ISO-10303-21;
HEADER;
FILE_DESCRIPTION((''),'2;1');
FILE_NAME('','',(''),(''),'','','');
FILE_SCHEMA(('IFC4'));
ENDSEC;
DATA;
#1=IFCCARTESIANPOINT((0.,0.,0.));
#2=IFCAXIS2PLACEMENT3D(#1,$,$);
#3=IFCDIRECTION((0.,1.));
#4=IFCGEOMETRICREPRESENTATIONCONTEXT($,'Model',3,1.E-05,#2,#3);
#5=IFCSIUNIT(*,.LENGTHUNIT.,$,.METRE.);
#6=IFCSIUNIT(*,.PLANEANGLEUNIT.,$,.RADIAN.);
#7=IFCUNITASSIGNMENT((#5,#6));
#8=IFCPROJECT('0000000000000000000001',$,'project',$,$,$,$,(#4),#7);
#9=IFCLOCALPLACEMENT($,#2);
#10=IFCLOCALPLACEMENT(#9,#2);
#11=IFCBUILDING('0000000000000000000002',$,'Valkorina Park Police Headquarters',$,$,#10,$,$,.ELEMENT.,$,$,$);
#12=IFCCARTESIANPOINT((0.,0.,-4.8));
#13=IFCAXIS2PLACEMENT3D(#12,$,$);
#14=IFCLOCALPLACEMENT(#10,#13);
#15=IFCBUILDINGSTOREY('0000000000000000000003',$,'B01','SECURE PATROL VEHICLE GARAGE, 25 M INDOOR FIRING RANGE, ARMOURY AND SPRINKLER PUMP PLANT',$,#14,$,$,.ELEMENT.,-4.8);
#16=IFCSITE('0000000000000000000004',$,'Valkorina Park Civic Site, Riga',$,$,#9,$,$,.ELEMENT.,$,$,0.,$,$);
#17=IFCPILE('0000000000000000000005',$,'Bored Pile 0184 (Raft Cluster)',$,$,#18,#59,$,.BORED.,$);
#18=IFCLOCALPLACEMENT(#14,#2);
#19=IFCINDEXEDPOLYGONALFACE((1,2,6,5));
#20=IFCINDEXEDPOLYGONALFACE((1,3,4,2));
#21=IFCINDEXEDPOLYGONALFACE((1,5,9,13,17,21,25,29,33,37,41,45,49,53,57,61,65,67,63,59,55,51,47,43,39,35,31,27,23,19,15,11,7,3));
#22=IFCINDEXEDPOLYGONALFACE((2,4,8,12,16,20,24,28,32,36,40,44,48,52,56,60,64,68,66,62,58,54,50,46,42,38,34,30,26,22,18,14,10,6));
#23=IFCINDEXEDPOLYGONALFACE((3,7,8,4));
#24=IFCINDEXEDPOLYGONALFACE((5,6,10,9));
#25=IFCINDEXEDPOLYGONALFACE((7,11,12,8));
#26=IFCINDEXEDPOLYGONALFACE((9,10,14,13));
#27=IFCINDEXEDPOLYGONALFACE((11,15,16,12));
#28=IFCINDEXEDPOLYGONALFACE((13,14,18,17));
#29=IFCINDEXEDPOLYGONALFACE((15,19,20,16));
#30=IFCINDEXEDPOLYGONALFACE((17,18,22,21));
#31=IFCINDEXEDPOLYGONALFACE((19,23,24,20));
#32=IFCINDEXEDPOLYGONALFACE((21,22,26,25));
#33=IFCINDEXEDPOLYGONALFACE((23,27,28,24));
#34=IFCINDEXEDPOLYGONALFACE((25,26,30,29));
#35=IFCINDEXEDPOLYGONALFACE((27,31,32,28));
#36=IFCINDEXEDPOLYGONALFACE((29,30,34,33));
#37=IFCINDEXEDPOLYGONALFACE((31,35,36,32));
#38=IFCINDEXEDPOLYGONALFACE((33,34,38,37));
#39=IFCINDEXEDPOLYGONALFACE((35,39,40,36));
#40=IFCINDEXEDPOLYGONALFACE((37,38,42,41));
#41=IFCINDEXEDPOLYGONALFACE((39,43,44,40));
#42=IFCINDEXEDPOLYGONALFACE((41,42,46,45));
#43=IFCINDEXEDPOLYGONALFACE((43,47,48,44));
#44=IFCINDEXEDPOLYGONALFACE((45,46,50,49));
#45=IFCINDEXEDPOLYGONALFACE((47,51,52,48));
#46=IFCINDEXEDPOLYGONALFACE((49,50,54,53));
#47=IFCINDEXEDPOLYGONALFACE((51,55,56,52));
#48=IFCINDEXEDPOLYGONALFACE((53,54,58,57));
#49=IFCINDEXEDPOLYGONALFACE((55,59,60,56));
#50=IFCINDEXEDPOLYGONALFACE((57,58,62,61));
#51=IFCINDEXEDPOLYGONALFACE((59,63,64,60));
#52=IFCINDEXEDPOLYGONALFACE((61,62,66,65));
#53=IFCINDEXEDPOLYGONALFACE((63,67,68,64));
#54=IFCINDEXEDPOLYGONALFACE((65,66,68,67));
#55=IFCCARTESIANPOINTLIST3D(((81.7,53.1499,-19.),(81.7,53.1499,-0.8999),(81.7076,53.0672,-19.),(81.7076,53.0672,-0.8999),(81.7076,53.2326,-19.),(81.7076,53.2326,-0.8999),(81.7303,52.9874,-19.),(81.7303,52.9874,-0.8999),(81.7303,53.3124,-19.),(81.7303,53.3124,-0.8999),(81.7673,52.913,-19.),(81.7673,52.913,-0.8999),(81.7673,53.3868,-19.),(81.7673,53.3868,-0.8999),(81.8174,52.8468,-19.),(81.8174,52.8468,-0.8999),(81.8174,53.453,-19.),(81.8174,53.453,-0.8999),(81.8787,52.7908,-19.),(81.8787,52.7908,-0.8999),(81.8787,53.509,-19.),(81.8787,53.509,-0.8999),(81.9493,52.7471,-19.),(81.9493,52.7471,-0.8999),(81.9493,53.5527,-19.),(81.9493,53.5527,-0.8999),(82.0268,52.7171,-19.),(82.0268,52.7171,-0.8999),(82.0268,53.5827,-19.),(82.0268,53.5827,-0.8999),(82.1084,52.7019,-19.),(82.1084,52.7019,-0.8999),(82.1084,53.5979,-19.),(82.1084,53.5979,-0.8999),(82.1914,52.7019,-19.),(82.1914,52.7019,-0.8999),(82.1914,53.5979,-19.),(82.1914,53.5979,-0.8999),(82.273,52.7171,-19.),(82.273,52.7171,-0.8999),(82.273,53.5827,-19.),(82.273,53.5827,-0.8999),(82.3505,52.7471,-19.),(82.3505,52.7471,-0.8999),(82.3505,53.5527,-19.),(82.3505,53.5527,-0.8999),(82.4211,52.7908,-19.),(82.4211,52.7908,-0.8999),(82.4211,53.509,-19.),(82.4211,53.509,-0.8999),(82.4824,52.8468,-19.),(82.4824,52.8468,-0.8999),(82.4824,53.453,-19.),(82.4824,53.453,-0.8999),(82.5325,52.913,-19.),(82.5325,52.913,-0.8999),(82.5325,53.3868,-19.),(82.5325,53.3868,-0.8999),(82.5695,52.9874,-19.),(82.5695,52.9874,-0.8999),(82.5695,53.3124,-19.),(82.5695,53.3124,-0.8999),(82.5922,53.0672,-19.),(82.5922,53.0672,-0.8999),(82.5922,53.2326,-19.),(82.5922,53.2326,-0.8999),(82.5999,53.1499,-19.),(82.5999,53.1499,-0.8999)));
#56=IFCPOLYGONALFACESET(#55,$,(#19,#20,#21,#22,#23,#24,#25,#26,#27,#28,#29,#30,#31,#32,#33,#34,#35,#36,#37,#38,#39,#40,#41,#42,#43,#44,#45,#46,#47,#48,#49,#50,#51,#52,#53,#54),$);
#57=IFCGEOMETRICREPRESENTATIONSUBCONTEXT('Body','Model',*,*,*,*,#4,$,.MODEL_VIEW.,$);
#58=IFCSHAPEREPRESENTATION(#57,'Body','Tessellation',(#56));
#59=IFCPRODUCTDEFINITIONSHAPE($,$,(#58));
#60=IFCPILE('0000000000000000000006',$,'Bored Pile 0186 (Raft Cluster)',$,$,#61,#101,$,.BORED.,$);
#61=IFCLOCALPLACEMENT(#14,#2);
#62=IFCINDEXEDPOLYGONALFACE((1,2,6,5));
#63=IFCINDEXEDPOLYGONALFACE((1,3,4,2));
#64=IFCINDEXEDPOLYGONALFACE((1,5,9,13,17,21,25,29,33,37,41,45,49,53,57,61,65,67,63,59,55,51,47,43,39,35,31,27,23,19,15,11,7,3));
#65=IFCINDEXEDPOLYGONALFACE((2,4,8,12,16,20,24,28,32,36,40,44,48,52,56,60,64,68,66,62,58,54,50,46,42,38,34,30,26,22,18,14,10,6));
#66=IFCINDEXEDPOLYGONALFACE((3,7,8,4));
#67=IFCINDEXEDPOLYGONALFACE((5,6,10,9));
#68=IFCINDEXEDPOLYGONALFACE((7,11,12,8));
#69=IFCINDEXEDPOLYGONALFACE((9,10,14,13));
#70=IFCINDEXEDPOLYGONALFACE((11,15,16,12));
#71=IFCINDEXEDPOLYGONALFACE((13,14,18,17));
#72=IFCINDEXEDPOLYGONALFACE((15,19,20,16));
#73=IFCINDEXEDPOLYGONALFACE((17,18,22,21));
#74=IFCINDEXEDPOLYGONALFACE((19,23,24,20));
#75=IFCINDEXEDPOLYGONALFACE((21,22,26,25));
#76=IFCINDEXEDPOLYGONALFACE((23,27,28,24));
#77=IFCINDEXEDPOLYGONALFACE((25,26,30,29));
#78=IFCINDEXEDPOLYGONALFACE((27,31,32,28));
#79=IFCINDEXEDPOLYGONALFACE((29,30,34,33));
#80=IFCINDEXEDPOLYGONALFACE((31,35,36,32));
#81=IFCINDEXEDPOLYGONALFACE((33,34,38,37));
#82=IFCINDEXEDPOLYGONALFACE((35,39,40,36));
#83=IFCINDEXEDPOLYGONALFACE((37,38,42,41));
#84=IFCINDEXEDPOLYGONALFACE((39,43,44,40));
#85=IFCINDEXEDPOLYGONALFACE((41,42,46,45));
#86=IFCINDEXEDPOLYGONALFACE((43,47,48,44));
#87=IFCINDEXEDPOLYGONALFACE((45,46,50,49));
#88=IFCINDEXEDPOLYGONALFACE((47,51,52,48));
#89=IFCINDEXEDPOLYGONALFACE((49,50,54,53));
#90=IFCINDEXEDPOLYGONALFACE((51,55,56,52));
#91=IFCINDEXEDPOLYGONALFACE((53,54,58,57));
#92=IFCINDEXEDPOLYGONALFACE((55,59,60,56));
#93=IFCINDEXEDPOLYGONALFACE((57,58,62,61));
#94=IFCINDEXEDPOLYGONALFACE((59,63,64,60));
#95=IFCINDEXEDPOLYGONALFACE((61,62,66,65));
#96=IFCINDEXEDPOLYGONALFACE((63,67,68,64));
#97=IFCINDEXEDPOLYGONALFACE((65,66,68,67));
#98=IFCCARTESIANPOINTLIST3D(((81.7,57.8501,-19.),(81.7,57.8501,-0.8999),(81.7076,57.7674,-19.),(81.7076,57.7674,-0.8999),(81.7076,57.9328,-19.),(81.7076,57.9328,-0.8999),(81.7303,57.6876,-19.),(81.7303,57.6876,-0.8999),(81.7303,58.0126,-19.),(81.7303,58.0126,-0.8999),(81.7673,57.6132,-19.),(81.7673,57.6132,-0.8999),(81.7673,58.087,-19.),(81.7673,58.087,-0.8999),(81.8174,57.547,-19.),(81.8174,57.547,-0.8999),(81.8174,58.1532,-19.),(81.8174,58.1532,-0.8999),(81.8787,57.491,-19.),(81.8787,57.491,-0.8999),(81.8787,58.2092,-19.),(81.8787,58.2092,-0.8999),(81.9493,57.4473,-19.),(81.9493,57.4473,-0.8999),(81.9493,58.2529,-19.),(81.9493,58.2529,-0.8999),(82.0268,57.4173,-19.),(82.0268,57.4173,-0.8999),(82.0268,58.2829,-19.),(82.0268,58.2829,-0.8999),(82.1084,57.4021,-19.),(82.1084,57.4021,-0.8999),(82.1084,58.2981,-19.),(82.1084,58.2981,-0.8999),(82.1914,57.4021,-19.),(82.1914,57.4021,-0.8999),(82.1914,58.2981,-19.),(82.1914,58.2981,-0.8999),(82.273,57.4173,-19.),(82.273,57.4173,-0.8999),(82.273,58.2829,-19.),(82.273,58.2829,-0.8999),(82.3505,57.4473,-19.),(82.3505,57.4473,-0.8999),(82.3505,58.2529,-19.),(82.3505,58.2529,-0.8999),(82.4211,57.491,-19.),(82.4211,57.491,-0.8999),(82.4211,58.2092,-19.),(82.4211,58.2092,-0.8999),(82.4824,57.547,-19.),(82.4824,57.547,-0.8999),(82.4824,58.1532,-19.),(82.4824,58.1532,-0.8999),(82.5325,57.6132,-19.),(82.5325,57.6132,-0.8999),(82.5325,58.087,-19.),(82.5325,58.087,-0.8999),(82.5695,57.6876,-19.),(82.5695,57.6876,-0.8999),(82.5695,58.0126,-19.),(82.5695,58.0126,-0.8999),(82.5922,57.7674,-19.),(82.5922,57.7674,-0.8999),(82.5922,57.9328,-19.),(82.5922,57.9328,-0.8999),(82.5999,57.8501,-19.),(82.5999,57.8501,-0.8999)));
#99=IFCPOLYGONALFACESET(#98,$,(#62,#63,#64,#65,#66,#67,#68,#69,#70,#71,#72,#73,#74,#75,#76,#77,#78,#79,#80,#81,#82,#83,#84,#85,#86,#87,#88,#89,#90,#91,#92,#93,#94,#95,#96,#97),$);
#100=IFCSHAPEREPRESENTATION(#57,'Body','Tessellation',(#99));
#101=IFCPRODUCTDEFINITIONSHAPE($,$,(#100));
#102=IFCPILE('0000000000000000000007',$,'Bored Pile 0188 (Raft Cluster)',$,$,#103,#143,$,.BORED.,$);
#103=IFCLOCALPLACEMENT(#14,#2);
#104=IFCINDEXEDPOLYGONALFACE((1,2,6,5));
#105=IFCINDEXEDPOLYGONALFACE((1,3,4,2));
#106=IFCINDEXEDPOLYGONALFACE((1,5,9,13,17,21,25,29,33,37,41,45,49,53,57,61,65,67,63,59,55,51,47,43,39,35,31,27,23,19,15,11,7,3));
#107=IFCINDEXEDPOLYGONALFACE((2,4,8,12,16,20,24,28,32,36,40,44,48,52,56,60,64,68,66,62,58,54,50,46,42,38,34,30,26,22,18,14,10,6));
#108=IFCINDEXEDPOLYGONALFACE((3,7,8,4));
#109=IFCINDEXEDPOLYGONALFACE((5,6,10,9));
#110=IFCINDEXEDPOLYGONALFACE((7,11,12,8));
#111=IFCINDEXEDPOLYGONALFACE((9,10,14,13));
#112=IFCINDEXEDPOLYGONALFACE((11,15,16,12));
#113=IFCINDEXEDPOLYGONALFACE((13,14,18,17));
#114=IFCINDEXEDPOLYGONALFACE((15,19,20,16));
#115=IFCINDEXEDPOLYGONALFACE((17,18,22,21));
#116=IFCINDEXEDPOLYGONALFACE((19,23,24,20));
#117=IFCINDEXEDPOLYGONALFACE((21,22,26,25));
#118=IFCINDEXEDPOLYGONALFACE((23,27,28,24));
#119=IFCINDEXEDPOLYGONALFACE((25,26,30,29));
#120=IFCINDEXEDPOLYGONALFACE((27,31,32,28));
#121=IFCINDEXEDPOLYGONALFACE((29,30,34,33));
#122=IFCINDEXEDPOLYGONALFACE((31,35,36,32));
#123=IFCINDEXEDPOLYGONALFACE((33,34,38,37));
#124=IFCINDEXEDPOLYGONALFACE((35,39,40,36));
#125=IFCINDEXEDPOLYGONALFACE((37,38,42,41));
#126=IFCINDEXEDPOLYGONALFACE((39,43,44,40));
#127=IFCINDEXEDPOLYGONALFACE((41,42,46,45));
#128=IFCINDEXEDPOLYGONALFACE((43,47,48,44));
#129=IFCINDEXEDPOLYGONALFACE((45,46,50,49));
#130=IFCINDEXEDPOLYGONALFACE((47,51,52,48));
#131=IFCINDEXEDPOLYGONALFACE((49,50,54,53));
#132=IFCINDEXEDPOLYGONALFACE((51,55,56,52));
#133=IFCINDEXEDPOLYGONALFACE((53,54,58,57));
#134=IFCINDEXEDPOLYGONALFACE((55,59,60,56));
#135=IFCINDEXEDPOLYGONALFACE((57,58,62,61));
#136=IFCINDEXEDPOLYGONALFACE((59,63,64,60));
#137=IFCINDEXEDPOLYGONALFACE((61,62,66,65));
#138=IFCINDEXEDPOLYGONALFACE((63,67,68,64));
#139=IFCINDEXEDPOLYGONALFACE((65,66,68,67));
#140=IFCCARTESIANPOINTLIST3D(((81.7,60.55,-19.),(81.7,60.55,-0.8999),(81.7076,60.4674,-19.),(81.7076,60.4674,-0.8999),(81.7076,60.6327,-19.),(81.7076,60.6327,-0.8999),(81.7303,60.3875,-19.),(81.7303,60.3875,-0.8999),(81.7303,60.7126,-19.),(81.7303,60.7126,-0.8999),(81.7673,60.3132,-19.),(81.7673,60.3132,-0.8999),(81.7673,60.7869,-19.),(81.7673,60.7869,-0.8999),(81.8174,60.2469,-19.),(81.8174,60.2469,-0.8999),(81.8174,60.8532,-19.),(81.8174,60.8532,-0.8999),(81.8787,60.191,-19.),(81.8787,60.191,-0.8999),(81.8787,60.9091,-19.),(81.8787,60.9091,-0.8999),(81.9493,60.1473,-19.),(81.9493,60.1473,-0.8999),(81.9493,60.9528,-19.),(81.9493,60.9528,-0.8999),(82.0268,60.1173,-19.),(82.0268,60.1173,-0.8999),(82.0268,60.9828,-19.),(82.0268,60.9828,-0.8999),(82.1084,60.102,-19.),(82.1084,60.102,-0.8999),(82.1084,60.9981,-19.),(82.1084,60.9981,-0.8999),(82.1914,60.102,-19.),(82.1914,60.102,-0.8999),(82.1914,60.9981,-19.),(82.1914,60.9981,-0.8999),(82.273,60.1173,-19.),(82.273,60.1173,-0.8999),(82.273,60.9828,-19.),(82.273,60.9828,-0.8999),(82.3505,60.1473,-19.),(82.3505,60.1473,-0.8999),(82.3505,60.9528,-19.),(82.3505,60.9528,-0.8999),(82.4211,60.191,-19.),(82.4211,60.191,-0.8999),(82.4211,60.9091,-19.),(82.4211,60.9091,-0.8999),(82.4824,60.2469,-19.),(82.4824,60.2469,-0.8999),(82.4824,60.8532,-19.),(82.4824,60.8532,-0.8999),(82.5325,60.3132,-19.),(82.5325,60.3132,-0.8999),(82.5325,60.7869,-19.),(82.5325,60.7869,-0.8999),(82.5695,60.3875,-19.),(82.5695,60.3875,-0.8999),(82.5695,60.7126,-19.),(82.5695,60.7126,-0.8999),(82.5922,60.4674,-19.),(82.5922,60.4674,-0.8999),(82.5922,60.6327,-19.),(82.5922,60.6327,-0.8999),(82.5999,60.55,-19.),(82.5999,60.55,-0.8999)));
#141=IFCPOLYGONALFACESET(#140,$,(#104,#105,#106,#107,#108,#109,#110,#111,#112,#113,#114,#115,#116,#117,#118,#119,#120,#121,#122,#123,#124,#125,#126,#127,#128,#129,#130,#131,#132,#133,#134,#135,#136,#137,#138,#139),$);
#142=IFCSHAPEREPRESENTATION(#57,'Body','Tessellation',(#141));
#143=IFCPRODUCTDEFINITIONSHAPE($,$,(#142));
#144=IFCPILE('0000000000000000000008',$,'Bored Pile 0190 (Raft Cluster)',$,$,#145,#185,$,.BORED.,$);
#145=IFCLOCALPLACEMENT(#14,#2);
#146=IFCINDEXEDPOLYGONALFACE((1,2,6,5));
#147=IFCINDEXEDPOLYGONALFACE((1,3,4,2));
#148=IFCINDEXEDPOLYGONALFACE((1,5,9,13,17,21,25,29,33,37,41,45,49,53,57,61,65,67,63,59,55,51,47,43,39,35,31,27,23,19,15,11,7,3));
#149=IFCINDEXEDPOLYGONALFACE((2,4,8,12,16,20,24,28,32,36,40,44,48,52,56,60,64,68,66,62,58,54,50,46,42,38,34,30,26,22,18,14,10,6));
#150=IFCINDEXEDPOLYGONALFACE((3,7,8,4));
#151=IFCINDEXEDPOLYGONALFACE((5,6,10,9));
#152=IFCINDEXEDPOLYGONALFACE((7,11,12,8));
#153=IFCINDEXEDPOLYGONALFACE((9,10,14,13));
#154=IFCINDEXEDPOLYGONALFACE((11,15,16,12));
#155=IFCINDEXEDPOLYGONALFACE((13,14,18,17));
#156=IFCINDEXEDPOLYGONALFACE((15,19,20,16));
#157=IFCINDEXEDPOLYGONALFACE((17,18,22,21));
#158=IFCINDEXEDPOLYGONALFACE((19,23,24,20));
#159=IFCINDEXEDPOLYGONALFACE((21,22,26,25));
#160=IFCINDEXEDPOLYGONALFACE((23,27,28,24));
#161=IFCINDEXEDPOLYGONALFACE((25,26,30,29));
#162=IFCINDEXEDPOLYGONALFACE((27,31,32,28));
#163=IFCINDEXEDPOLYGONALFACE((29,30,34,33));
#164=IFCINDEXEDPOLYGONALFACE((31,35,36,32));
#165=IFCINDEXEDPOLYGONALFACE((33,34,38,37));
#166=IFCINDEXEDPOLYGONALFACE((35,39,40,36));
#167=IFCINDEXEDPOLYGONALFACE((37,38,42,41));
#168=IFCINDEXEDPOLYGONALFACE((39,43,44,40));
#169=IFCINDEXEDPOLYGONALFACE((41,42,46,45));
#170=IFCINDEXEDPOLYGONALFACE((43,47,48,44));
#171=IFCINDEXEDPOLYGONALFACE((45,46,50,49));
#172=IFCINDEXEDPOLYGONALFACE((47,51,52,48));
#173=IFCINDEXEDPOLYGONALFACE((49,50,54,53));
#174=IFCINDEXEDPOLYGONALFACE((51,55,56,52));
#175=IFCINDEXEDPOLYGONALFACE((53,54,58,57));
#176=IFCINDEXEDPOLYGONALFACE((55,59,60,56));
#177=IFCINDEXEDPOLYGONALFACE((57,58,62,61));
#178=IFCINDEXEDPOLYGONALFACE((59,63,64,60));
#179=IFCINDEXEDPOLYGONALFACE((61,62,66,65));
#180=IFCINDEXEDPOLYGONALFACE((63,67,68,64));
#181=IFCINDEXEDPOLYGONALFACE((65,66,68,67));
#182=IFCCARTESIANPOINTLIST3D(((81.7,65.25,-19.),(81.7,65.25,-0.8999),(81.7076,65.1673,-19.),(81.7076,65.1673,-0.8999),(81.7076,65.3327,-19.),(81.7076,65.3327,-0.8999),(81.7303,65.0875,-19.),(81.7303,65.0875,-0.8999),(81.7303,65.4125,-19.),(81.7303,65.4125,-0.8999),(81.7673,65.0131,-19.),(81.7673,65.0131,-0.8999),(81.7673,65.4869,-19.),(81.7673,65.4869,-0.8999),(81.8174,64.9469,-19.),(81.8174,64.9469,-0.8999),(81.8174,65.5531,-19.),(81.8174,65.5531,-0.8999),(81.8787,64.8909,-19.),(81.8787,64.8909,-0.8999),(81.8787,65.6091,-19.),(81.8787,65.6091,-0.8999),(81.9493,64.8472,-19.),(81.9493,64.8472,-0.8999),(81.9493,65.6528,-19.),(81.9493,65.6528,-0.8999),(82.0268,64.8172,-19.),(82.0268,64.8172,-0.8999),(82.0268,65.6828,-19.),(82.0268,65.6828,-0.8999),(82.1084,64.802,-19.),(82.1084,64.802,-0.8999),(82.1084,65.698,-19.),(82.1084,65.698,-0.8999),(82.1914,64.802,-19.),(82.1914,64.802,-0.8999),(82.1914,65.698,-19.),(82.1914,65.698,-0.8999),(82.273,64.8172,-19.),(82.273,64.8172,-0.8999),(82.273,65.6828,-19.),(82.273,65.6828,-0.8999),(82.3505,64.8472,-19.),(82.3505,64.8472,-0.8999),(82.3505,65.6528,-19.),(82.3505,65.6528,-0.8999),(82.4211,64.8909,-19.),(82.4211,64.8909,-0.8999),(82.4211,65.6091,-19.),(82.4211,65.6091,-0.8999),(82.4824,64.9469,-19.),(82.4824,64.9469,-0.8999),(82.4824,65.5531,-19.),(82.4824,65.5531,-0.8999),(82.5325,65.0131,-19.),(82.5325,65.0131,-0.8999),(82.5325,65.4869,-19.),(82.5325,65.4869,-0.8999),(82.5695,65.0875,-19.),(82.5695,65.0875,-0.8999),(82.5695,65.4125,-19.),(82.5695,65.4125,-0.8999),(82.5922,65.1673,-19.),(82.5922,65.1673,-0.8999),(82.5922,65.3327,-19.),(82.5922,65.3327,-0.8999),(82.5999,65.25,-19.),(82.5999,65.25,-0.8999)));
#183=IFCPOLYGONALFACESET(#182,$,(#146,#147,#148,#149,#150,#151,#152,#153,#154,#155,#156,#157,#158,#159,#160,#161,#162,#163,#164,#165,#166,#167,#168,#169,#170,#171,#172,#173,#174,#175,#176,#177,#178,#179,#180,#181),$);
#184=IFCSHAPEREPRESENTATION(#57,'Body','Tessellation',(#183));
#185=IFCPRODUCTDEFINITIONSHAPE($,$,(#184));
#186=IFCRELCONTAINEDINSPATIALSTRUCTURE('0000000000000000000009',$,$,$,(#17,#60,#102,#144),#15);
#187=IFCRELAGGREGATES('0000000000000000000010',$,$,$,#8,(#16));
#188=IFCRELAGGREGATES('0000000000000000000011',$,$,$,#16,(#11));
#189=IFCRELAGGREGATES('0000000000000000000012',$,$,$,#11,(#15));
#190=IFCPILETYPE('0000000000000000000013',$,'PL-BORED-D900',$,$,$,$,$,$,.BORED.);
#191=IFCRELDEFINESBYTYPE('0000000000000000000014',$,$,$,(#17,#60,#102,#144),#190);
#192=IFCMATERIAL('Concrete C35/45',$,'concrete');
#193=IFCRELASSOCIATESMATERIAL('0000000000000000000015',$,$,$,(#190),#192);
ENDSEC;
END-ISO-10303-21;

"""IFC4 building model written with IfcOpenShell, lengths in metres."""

from ifc_helpers import new_model, si_unit, direction, frame, origin, origin_2d, place, context, subcontext, project, spatial, circle, extrude, material, material_profile, profile_set, type_object, element, save


model = new_model("IFC4")

# Units and contexts
model_context = context("Model", 3, precision=1e-05, world=origin(), true_north=direction((0.0, 1.0)))
body_context = subcontext(model_context, "Body", "Model", "MODEL_VIEW")
ifc_project = project(units=[si_unit("LENGTHUNIT", "METRE"), si_unit("PLANEANGLEUNIT", "RADIAN")], contexts=[model_context])

# Site, building, storey
site_placement = place(None, origin())
site = spatial("IfcSite", under=ifc_project, at=site_placement, Name="Valkorina Park Civic Site, Riga", CompositionType="ELEMENT", RefElevation=0.0)
building_placement = place(site_placement, origin())
building = spatial("IfcBuilding", under=site, at=building_placement, Name="Valkorina Park Police Headquarters", CompositionType="ELEMENT")
storey_placement = place(building_placement, frame((0.0, 0.0, -4.8)))
storey = spatial("IfcBuildingStorey", under=building, at=storey_placement, Name="B01", Description="SECURE PATROL VEHICLE GARAGE, 25 M INDOOR FIRING RANGE, ARMOURY AND SPRINKLER PUMP PLANT", CompositionType="ELEMENT", Elevation=-4.8)

# Piles
ifc_material_1 = material(Name="Concrete C35/45", Category="concrete")
ifc_material_profile_1 = material_profile(ifc_material_1, circle(Radius=0.45, at=origin_2d()), Name="BORED PILE D900")
ifc_profile_set_1 = profile_set([ifc_material_profile_1], Name="Concrete C35/45")
pile_type_1 = type_object("IfcPileType", Name="PL-BORED-D900", PredefinedType="BORED", material=ifc_profile_set_1)
for number, where, z_axis, x_axis, name in (
    (1, (82.1499, 53.1499, -0.8999), (0.0, 0.0, -1.0), (1.0, 0.0, 0.0), "Bored Pile 0184 (Raft Cluster)"),
    (2, (82.1499, 57.8501, -0.8999), (0.0, 0.0, -1.0), (1.0, 0.0, 0.0), "Bored Pile 0186 (Raft Cluster)"),
    (3, (82.1499, 60.55, -0.8999), (0.0, 0.0, -1.0), (1.0, 0.0, 0.0), "Bored Pile 0188 (Raft Cluster)"),
    (4, (82.1499, 65.25, -0.8999), (0.0, 0.0, -1.0), (1.0, 0.0, 0.0), "Bored Pile 0190 (Raft Cluster)"),
):
    element("IfcPile", number, at=place(storey_placement, frame(where, z_axis=z_axis, x_axis=x_axis)), inside=storey, type_object=pile_type_1, Name=name, PredefinedType="BORED", context=body_context, shape_type="SweptSolid", body=[
        extrude(circle(Radius=0.45, at=origin_2d()), origin(), (0.0, 0.0, 1.0), 18.1001),
    ])

save(model, "model.ifc")
